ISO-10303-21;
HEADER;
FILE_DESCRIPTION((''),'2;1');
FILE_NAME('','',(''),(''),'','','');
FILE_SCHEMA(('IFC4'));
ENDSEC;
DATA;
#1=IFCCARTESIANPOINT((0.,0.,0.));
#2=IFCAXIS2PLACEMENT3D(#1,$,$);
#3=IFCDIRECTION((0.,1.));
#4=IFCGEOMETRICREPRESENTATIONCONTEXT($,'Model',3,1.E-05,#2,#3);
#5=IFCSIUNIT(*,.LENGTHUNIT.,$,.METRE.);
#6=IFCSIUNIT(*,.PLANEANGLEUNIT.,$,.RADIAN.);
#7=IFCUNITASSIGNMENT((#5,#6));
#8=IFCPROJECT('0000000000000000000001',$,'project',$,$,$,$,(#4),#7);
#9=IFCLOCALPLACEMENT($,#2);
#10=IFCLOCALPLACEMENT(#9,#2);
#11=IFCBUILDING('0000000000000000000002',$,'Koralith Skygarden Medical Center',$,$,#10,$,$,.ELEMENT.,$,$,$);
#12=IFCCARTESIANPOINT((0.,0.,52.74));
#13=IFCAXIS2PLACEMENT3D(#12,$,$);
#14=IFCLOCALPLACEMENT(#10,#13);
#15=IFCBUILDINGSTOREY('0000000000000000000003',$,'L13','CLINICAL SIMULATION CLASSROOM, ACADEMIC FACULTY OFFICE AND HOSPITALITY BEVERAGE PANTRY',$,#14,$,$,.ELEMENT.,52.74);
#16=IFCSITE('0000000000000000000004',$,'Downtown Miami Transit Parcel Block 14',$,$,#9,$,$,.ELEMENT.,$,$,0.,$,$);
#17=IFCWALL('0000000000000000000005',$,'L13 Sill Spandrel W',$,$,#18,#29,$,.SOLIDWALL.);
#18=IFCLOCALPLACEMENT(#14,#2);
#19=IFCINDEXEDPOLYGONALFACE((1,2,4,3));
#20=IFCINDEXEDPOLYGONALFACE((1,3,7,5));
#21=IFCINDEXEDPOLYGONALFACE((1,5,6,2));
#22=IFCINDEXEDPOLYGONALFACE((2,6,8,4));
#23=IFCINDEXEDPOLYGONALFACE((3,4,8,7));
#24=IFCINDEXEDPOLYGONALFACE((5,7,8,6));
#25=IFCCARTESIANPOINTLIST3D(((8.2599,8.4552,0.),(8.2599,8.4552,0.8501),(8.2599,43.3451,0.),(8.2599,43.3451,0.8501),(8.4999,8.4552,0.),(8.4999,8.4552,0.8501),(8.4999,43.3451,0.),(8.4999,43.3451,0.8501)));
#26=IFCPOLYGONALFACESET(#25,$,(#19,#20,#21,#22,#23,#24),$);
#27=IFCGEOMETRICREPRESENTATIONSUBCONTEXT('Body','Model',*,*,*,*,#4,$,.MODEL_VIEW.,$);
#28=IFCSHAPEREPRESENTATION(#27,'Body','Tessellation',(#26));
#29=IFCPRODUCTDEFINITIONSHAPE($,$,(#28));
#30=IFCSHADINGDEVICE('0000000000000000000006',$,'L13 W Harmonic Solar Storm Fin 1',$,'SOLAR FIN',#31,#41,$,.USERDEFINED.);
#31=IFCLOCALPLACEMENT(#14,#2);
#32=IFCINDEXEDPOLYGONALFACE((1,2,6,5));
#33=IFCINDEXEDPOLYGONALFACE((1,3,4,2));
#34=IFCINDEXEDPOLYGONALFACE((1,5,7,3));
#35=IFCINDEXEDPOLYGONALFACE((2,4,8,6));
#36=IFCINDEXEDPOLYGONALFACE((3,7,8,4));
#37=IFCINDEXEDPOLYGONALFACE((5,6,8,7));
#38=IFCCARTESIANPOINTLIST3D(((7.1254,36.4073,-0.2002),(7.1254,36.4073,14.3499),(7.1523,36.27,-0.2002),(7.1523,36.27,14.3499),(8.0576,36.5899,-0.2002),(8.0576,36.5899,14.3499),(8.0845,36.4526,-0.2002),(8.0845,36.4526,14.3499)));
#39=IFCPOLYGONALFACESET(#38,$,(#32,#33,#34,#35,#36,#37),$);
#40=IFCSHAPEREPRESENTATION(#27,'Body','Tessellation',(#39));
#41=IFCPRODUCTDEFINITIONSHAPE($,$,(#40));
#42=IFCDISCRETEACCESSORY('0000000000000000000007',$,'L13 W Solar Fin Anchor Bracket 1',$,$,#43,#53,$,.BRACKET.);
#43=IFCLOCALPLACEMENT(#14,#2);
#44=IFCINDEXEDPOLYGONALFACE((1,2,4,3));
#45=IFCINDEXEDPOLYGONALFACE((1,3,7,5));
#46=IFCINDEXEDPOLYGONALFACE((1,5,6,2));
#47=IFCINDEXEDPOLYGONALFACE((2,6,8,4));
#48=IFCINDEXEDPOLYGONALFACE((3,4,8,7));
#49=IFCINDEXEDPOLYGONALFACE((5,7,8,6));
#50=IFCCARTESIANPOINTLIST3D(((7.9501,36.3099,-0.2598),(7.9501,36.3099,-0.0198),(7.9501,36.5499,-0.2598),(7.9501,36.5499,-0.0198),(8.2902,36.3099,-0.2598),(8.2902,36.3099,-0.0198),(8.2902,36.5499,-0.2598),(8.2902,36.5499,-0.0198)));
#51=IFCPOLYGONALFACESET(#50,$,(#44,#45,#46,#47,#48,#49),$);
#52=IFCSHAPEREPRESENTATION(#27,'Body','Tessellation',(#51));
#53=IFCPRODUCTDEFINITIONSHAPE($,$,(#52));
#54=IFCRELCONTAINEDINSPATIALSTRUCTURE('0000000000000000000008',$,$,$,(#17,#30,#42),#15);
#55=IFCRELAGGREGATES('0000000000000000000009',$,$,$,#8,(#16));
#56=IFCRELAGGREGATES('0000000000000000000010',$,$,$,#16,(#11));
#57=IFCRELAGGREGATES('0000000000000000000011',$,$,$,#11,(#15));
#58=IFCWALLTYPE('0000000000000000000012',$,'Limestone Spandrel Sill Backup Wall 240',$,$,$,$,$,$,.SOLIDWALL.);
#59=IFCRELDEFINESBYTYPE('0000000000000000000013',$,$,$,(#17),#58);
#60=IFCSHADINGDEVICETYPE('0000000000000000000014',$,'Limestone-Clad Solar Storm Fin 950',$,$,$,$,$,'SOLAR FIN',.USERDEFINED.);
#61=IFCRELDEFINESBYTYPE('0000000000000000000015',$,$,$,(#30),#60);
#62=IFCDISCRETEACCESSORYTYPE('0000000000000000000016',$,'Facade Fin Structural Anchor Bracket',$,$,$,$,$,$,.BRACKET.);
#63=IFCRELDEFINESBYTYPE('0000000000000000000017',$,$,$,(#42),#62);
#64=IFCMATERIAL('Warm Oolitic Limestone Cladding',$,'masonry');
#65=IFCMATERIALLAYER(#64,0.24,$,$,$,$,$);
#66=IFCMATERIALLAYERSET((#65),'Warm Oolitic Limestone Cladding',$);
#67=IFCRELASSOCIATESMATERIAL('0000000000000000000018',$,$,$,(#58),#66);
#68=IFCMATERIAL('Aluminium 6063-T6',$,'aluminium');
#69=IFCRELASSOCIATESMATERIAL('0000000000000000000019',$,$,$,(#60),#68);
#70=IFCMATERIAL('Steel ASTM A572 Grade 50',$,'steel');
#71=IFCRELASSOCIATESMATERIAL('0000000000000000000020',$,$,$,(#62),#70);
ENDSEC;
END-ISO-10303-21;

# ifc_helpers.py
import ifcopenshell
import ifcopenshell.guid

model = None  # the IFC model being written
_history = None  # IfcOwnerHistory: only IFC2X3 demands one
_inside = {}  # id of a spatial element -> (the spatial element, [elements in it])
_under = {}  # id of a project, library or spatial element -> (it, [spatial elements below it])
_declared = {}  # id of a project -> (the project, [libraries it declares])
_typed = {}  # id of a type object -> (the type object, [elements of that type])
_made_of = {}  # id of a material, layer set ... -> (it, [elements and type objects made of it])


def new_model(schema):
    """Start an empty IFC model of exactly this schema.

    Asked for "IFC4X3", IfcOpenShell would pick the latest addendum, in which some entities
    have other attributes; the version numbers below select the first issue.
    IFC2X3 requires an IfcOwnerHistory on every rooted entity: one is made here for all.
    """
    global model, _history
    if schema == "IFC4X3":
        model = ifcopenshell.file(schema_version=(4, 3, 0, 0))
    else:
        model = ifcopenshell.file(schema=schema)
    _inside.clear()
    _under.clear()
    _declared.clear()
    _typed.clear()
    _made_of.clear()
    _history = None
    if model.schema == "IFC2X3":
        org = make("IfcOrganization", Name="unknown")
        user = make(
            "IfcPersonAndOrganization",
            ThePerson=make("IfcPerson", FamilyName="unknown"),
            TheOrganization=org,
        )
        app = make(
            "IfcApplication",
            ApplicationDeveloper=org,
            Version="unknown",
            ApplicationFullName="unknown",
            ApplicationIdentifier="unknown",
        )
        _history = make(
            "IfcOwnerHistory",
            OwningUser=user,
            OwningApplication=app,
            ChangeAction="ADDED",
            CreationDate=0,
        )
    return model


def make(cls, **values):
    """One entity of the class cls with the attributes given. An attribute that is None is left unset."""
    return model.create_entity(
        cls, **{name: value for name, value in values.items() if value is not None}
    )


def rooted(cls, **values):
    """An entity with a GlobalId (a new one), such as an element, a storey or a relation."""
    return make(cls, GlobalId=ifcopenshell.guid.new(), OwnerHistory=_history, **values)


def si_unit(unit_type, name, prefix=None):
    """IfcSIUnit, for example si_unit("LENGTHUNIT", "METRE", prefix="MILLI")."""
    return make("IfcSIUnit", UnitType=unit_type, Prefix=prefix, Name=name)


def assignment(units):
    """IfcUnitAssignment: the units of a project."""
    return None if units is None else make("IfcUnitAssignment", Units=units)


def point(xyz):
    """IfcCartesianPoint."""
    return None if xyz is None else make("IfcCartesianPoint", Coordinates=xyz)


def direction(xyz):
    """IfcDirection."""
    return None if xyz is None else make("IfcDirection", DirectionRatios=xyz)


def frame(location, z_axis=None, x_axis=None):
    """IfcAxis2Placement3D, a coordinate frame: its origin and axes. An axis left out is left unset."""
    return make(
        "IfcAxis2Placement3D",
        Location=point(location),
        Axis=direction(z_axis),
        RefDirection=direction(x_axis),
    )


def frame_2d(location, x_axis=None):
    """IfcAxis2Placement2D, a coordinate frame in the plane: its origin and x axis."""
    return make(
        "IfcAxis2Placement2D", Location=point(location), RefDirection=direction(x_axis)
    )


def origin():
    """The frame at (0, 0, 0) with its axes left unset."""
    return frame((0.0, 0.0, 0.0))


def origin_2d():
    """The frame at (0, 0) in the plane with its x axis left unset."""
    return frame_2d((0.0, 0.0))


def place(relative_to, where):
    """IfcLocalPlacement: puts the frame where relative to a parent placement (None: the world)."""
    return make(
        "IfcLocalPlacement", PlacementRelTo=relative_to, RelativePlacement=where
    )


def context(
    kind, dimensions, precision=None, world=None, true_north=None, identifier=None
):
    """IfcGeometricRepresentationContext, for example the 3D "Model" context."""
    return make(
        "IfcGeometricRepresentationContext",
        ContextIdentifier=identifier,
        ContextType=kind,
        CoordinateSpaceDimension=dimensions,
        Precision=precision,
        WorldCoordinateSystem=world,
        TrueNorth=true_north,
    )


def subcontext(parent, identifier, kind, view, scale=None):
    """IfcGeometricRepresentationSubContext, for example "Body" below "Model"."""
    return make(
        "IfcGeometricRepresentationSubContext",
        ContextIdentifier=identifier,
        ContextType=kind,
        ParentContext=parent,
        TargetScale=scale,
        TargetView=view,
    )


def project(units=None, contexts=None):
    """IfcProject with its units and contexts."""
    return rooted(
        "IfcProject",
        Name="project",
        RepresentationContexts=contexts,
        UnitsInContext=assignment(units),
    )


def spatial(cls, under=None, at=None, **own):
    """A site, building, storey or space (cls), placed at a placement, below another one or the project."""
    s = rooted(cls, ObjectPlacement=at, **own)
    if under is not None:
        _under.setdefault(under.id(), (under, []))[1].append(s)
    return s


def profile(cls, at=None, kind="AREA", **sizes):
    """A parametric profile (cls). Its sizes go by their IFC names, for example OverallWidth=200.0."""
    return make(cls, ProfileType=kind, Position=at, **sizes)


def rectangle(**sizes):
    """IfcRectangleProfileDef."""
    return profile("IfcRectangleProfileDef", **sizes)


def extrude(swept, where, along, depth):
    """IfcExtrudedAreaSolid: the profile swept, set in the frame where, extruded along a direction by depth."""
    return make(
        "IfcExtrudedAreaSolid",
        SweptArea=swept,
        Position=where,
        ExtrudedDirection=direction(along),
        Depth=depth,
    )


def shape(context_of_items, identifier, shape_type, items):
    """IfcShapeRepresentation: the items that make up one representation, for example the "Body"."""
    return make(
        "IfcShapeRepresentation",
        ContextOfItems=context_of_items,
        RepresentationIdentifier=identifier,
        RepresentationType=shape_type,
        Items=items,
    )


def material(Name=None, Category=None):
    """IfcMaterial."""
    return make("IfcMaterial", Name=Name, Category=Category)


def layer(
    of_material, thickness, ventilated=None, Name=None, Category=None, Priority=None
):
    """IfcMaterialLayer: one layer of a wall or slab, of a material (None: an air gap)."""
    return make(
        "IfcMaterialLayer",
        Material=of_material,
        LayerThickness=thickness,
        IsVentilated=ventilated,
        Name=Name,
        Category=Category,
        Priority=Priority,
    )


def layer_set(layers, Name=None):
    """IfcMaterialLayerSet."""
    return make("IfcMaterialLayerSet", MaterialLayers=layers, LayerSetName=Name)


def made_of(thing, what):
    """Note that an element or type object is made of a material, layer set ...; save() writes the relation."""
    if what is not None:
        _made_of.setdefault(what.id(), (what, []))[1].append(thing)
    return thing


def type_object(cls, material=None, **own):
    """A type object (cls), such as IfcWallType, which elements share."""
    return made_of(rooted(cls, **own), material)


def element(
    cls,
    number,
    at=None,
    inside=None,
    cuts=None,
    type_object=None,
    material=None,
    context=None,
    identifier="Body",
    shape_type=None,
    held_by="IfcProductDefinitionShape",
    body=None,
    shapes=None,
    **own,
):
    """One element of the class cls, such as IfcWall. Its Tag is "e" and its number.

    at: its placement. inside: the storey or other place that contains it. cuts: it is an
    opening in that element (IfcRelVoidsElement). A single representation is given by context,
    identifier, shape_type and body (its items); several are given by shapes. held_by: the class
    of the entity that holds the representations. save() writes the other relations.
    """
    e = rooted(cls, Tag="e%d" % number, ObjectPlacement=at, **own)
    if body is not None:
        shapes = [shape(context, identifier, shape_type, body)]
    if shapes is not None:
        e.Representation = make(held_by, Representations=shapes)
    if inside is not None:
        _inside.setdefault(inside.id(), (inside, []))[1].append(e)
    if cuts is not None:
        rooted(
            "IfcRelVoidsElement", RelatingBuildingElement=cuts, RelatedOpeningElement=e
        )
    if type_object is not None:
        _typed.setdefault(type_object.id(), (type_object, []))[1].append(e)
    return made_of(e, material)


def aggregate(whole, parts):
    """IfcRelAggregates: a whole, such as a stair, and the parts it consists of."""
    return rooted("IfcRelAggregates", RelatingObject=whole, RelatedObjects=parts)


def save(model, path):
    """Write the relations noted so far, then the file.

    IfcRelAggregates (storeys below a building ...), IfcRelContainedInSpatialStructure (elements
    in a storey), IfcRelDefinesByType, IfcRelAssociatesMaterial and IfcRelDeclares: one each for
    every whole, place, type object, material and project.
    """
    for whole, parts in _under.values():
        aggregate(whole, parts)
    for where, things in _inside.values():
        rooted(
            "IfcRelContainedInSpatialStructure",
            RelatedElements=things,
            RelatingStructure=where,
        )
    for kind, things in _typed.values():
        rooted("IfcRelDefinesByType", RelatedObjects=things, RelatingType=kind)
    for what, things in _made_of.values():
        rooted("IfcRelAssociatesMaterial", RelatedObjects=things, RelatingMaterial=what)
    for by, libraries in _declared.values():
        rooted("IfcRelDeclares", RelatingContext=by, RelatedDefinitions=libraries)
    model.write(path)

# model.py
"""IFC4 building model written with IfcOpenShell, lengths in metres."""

from ifc_helpers import new_model, si_unit, direction, frame, frame_2d, origin, origin_2d, place, context, subcontext, project, spatial, rectangle, extrude, material, layer, layer_set, type_object, element, save


model = new_model("IFC4")

# Units and contexts
model_context = context("Model", 3, precision=1e-05, world=origin(), true_north=direction((0.0, 1.0)))
body_context = subcontext(model_context, "Body", "Model", "MODEL_VIEW")
ifc_project = project(units=[si_unit("LENGTHUNIT", "METRE"), si_unit("PLANEANGLEUNIT", "RADIAN")], contexts=[model_context])

# Site, building, storey
site_placement = place(None, origin())
site = spatial("IfcSite", under=ifc_project, at=site_placement, Name="Downtown Miami Transit Parcel Block 14", CompositionType="ELEMENT", RefElevation=0.0)
building_placement = place(site_placement, origin())
building = spatial("IfcBuilding", under=site, at=building_placement, Name="Koralith Skygarden Medical Center", CompositionType="ELEMENT")
storey_placement = place(building_placement, frame((0.0, 0.0, 52.74)))
storey = spatial("IfcBuildingStorey", under=building, at=storey_placement, Name="L13", Description="CLINICAL SIMULATION CLASSROOM, ACADEMIC FACULTY OFFICE AND HOSPITALITY BEVERAGE PANTRY", CompositionType="ELEMENT", Elevation=52.74)

# Shared definitions
ifc_material_1 = material(Name="Aluminium 6063-T6", Category="aluminium")

# Shared definitions
ifc_material_2 = material(Name="Warm Oolitic Limestone Cladding", Category="masonry")

# Wall
ifc_layer_1 = layer(ifc_material_2, 0.24)
ifc_layer_set_1 = layer_set([ifc_layer_1], Name="Warm Oolitic Limestone Cladding")
wall_type_1 = type_object("IfcWallType", Name="Limestone Spandrel Sill Backup Wall 240", PredefinedType="SOLIDWALL", material=ifc_layer_set_1)
wall_1_placement = place(storey_placement, frame((8.3799, 43.345, 0.0), z_axis=(0.0, 0.0, 1.0), x_axis=(0.0, -1.0, 0.0)))
element("IfcWall", 1, at=wall_1_placement, inside=storey, type_object=wall_type_1, Name="L13 Sill Spandrel W", PredefinedType="SOLIDWALL", context=body_context, shape_type="SweptSolid", body=[
    extrude(rectangle(XDim=34.8899, YDim=0.24, at=frame_2d((17.4448, 0.0))), origin(), (0.0, 0.0, 1.0), 0.8501),
])

# Shading device
shading_device_type = type_object("IfcShadingDeviceType", Name="Limestone-Clad Solar Storm Fin 950", ElementType="SOLAR FIN", PredefinedType="USERDEFINED", material=ifc_material_1)
shading_device_placement = place(storey_placement, frame((7.605, 36.4299, -0.2002), z_axis=(0.0, 0.0, 1.0), x_axis=(-0.981346, -0.192248, 0.0)))
element("IfcShadingDevice", 2, at=shading_device_placement, inside=storey, type_object=shading_device_type, Name="L13 W Harmonic Solar Storm Fin 1", ObjectType="SOLAR FIN", PredefinedType="USERDEFINED", context=body_context, shape_type="SweptSolid", body=[
    extrude(rectangle(XDim=0.95, YDim=0.1399, at=origin_2d()), origin(), (0.0, 0.0, 1.0), 14.55),
])

# Discrete accessory
ifc_material_3 = material(Name="Steel ASTM A572 Grade 50", Category="steel")
discrete_accessory_type = type_object("IfcDiscreteAccessoryType", Name="Facade Fin Structural Anchor Bracket", PredefinedType="BRACKET", material=ifc_material_3)
discrete_accessory_placement = place(storey_placement, frame((8.1201, 36.4299, -0.2598), z_axis=(0.0, 0.0, 1.0), x_axis=(-1.0, 0.0, 0.0)))
element("IfcDiscreteAccessory", 3, at=discrete_accessory_placement, inside=storey, type_object=discrete_accessory_type, Name="L13 W Solar Fin Anchor Bracket 1", PredefinedType="BRACKET", context=body_context, shape_type="SweptSolid", body=[
    extrude(rectangle(XDim=0.3401, YDim=0.24, at=origin_2d()), origin(), (0.0, 0.0, 1.0), 0.24),
])

save(model, "model.ifc")
